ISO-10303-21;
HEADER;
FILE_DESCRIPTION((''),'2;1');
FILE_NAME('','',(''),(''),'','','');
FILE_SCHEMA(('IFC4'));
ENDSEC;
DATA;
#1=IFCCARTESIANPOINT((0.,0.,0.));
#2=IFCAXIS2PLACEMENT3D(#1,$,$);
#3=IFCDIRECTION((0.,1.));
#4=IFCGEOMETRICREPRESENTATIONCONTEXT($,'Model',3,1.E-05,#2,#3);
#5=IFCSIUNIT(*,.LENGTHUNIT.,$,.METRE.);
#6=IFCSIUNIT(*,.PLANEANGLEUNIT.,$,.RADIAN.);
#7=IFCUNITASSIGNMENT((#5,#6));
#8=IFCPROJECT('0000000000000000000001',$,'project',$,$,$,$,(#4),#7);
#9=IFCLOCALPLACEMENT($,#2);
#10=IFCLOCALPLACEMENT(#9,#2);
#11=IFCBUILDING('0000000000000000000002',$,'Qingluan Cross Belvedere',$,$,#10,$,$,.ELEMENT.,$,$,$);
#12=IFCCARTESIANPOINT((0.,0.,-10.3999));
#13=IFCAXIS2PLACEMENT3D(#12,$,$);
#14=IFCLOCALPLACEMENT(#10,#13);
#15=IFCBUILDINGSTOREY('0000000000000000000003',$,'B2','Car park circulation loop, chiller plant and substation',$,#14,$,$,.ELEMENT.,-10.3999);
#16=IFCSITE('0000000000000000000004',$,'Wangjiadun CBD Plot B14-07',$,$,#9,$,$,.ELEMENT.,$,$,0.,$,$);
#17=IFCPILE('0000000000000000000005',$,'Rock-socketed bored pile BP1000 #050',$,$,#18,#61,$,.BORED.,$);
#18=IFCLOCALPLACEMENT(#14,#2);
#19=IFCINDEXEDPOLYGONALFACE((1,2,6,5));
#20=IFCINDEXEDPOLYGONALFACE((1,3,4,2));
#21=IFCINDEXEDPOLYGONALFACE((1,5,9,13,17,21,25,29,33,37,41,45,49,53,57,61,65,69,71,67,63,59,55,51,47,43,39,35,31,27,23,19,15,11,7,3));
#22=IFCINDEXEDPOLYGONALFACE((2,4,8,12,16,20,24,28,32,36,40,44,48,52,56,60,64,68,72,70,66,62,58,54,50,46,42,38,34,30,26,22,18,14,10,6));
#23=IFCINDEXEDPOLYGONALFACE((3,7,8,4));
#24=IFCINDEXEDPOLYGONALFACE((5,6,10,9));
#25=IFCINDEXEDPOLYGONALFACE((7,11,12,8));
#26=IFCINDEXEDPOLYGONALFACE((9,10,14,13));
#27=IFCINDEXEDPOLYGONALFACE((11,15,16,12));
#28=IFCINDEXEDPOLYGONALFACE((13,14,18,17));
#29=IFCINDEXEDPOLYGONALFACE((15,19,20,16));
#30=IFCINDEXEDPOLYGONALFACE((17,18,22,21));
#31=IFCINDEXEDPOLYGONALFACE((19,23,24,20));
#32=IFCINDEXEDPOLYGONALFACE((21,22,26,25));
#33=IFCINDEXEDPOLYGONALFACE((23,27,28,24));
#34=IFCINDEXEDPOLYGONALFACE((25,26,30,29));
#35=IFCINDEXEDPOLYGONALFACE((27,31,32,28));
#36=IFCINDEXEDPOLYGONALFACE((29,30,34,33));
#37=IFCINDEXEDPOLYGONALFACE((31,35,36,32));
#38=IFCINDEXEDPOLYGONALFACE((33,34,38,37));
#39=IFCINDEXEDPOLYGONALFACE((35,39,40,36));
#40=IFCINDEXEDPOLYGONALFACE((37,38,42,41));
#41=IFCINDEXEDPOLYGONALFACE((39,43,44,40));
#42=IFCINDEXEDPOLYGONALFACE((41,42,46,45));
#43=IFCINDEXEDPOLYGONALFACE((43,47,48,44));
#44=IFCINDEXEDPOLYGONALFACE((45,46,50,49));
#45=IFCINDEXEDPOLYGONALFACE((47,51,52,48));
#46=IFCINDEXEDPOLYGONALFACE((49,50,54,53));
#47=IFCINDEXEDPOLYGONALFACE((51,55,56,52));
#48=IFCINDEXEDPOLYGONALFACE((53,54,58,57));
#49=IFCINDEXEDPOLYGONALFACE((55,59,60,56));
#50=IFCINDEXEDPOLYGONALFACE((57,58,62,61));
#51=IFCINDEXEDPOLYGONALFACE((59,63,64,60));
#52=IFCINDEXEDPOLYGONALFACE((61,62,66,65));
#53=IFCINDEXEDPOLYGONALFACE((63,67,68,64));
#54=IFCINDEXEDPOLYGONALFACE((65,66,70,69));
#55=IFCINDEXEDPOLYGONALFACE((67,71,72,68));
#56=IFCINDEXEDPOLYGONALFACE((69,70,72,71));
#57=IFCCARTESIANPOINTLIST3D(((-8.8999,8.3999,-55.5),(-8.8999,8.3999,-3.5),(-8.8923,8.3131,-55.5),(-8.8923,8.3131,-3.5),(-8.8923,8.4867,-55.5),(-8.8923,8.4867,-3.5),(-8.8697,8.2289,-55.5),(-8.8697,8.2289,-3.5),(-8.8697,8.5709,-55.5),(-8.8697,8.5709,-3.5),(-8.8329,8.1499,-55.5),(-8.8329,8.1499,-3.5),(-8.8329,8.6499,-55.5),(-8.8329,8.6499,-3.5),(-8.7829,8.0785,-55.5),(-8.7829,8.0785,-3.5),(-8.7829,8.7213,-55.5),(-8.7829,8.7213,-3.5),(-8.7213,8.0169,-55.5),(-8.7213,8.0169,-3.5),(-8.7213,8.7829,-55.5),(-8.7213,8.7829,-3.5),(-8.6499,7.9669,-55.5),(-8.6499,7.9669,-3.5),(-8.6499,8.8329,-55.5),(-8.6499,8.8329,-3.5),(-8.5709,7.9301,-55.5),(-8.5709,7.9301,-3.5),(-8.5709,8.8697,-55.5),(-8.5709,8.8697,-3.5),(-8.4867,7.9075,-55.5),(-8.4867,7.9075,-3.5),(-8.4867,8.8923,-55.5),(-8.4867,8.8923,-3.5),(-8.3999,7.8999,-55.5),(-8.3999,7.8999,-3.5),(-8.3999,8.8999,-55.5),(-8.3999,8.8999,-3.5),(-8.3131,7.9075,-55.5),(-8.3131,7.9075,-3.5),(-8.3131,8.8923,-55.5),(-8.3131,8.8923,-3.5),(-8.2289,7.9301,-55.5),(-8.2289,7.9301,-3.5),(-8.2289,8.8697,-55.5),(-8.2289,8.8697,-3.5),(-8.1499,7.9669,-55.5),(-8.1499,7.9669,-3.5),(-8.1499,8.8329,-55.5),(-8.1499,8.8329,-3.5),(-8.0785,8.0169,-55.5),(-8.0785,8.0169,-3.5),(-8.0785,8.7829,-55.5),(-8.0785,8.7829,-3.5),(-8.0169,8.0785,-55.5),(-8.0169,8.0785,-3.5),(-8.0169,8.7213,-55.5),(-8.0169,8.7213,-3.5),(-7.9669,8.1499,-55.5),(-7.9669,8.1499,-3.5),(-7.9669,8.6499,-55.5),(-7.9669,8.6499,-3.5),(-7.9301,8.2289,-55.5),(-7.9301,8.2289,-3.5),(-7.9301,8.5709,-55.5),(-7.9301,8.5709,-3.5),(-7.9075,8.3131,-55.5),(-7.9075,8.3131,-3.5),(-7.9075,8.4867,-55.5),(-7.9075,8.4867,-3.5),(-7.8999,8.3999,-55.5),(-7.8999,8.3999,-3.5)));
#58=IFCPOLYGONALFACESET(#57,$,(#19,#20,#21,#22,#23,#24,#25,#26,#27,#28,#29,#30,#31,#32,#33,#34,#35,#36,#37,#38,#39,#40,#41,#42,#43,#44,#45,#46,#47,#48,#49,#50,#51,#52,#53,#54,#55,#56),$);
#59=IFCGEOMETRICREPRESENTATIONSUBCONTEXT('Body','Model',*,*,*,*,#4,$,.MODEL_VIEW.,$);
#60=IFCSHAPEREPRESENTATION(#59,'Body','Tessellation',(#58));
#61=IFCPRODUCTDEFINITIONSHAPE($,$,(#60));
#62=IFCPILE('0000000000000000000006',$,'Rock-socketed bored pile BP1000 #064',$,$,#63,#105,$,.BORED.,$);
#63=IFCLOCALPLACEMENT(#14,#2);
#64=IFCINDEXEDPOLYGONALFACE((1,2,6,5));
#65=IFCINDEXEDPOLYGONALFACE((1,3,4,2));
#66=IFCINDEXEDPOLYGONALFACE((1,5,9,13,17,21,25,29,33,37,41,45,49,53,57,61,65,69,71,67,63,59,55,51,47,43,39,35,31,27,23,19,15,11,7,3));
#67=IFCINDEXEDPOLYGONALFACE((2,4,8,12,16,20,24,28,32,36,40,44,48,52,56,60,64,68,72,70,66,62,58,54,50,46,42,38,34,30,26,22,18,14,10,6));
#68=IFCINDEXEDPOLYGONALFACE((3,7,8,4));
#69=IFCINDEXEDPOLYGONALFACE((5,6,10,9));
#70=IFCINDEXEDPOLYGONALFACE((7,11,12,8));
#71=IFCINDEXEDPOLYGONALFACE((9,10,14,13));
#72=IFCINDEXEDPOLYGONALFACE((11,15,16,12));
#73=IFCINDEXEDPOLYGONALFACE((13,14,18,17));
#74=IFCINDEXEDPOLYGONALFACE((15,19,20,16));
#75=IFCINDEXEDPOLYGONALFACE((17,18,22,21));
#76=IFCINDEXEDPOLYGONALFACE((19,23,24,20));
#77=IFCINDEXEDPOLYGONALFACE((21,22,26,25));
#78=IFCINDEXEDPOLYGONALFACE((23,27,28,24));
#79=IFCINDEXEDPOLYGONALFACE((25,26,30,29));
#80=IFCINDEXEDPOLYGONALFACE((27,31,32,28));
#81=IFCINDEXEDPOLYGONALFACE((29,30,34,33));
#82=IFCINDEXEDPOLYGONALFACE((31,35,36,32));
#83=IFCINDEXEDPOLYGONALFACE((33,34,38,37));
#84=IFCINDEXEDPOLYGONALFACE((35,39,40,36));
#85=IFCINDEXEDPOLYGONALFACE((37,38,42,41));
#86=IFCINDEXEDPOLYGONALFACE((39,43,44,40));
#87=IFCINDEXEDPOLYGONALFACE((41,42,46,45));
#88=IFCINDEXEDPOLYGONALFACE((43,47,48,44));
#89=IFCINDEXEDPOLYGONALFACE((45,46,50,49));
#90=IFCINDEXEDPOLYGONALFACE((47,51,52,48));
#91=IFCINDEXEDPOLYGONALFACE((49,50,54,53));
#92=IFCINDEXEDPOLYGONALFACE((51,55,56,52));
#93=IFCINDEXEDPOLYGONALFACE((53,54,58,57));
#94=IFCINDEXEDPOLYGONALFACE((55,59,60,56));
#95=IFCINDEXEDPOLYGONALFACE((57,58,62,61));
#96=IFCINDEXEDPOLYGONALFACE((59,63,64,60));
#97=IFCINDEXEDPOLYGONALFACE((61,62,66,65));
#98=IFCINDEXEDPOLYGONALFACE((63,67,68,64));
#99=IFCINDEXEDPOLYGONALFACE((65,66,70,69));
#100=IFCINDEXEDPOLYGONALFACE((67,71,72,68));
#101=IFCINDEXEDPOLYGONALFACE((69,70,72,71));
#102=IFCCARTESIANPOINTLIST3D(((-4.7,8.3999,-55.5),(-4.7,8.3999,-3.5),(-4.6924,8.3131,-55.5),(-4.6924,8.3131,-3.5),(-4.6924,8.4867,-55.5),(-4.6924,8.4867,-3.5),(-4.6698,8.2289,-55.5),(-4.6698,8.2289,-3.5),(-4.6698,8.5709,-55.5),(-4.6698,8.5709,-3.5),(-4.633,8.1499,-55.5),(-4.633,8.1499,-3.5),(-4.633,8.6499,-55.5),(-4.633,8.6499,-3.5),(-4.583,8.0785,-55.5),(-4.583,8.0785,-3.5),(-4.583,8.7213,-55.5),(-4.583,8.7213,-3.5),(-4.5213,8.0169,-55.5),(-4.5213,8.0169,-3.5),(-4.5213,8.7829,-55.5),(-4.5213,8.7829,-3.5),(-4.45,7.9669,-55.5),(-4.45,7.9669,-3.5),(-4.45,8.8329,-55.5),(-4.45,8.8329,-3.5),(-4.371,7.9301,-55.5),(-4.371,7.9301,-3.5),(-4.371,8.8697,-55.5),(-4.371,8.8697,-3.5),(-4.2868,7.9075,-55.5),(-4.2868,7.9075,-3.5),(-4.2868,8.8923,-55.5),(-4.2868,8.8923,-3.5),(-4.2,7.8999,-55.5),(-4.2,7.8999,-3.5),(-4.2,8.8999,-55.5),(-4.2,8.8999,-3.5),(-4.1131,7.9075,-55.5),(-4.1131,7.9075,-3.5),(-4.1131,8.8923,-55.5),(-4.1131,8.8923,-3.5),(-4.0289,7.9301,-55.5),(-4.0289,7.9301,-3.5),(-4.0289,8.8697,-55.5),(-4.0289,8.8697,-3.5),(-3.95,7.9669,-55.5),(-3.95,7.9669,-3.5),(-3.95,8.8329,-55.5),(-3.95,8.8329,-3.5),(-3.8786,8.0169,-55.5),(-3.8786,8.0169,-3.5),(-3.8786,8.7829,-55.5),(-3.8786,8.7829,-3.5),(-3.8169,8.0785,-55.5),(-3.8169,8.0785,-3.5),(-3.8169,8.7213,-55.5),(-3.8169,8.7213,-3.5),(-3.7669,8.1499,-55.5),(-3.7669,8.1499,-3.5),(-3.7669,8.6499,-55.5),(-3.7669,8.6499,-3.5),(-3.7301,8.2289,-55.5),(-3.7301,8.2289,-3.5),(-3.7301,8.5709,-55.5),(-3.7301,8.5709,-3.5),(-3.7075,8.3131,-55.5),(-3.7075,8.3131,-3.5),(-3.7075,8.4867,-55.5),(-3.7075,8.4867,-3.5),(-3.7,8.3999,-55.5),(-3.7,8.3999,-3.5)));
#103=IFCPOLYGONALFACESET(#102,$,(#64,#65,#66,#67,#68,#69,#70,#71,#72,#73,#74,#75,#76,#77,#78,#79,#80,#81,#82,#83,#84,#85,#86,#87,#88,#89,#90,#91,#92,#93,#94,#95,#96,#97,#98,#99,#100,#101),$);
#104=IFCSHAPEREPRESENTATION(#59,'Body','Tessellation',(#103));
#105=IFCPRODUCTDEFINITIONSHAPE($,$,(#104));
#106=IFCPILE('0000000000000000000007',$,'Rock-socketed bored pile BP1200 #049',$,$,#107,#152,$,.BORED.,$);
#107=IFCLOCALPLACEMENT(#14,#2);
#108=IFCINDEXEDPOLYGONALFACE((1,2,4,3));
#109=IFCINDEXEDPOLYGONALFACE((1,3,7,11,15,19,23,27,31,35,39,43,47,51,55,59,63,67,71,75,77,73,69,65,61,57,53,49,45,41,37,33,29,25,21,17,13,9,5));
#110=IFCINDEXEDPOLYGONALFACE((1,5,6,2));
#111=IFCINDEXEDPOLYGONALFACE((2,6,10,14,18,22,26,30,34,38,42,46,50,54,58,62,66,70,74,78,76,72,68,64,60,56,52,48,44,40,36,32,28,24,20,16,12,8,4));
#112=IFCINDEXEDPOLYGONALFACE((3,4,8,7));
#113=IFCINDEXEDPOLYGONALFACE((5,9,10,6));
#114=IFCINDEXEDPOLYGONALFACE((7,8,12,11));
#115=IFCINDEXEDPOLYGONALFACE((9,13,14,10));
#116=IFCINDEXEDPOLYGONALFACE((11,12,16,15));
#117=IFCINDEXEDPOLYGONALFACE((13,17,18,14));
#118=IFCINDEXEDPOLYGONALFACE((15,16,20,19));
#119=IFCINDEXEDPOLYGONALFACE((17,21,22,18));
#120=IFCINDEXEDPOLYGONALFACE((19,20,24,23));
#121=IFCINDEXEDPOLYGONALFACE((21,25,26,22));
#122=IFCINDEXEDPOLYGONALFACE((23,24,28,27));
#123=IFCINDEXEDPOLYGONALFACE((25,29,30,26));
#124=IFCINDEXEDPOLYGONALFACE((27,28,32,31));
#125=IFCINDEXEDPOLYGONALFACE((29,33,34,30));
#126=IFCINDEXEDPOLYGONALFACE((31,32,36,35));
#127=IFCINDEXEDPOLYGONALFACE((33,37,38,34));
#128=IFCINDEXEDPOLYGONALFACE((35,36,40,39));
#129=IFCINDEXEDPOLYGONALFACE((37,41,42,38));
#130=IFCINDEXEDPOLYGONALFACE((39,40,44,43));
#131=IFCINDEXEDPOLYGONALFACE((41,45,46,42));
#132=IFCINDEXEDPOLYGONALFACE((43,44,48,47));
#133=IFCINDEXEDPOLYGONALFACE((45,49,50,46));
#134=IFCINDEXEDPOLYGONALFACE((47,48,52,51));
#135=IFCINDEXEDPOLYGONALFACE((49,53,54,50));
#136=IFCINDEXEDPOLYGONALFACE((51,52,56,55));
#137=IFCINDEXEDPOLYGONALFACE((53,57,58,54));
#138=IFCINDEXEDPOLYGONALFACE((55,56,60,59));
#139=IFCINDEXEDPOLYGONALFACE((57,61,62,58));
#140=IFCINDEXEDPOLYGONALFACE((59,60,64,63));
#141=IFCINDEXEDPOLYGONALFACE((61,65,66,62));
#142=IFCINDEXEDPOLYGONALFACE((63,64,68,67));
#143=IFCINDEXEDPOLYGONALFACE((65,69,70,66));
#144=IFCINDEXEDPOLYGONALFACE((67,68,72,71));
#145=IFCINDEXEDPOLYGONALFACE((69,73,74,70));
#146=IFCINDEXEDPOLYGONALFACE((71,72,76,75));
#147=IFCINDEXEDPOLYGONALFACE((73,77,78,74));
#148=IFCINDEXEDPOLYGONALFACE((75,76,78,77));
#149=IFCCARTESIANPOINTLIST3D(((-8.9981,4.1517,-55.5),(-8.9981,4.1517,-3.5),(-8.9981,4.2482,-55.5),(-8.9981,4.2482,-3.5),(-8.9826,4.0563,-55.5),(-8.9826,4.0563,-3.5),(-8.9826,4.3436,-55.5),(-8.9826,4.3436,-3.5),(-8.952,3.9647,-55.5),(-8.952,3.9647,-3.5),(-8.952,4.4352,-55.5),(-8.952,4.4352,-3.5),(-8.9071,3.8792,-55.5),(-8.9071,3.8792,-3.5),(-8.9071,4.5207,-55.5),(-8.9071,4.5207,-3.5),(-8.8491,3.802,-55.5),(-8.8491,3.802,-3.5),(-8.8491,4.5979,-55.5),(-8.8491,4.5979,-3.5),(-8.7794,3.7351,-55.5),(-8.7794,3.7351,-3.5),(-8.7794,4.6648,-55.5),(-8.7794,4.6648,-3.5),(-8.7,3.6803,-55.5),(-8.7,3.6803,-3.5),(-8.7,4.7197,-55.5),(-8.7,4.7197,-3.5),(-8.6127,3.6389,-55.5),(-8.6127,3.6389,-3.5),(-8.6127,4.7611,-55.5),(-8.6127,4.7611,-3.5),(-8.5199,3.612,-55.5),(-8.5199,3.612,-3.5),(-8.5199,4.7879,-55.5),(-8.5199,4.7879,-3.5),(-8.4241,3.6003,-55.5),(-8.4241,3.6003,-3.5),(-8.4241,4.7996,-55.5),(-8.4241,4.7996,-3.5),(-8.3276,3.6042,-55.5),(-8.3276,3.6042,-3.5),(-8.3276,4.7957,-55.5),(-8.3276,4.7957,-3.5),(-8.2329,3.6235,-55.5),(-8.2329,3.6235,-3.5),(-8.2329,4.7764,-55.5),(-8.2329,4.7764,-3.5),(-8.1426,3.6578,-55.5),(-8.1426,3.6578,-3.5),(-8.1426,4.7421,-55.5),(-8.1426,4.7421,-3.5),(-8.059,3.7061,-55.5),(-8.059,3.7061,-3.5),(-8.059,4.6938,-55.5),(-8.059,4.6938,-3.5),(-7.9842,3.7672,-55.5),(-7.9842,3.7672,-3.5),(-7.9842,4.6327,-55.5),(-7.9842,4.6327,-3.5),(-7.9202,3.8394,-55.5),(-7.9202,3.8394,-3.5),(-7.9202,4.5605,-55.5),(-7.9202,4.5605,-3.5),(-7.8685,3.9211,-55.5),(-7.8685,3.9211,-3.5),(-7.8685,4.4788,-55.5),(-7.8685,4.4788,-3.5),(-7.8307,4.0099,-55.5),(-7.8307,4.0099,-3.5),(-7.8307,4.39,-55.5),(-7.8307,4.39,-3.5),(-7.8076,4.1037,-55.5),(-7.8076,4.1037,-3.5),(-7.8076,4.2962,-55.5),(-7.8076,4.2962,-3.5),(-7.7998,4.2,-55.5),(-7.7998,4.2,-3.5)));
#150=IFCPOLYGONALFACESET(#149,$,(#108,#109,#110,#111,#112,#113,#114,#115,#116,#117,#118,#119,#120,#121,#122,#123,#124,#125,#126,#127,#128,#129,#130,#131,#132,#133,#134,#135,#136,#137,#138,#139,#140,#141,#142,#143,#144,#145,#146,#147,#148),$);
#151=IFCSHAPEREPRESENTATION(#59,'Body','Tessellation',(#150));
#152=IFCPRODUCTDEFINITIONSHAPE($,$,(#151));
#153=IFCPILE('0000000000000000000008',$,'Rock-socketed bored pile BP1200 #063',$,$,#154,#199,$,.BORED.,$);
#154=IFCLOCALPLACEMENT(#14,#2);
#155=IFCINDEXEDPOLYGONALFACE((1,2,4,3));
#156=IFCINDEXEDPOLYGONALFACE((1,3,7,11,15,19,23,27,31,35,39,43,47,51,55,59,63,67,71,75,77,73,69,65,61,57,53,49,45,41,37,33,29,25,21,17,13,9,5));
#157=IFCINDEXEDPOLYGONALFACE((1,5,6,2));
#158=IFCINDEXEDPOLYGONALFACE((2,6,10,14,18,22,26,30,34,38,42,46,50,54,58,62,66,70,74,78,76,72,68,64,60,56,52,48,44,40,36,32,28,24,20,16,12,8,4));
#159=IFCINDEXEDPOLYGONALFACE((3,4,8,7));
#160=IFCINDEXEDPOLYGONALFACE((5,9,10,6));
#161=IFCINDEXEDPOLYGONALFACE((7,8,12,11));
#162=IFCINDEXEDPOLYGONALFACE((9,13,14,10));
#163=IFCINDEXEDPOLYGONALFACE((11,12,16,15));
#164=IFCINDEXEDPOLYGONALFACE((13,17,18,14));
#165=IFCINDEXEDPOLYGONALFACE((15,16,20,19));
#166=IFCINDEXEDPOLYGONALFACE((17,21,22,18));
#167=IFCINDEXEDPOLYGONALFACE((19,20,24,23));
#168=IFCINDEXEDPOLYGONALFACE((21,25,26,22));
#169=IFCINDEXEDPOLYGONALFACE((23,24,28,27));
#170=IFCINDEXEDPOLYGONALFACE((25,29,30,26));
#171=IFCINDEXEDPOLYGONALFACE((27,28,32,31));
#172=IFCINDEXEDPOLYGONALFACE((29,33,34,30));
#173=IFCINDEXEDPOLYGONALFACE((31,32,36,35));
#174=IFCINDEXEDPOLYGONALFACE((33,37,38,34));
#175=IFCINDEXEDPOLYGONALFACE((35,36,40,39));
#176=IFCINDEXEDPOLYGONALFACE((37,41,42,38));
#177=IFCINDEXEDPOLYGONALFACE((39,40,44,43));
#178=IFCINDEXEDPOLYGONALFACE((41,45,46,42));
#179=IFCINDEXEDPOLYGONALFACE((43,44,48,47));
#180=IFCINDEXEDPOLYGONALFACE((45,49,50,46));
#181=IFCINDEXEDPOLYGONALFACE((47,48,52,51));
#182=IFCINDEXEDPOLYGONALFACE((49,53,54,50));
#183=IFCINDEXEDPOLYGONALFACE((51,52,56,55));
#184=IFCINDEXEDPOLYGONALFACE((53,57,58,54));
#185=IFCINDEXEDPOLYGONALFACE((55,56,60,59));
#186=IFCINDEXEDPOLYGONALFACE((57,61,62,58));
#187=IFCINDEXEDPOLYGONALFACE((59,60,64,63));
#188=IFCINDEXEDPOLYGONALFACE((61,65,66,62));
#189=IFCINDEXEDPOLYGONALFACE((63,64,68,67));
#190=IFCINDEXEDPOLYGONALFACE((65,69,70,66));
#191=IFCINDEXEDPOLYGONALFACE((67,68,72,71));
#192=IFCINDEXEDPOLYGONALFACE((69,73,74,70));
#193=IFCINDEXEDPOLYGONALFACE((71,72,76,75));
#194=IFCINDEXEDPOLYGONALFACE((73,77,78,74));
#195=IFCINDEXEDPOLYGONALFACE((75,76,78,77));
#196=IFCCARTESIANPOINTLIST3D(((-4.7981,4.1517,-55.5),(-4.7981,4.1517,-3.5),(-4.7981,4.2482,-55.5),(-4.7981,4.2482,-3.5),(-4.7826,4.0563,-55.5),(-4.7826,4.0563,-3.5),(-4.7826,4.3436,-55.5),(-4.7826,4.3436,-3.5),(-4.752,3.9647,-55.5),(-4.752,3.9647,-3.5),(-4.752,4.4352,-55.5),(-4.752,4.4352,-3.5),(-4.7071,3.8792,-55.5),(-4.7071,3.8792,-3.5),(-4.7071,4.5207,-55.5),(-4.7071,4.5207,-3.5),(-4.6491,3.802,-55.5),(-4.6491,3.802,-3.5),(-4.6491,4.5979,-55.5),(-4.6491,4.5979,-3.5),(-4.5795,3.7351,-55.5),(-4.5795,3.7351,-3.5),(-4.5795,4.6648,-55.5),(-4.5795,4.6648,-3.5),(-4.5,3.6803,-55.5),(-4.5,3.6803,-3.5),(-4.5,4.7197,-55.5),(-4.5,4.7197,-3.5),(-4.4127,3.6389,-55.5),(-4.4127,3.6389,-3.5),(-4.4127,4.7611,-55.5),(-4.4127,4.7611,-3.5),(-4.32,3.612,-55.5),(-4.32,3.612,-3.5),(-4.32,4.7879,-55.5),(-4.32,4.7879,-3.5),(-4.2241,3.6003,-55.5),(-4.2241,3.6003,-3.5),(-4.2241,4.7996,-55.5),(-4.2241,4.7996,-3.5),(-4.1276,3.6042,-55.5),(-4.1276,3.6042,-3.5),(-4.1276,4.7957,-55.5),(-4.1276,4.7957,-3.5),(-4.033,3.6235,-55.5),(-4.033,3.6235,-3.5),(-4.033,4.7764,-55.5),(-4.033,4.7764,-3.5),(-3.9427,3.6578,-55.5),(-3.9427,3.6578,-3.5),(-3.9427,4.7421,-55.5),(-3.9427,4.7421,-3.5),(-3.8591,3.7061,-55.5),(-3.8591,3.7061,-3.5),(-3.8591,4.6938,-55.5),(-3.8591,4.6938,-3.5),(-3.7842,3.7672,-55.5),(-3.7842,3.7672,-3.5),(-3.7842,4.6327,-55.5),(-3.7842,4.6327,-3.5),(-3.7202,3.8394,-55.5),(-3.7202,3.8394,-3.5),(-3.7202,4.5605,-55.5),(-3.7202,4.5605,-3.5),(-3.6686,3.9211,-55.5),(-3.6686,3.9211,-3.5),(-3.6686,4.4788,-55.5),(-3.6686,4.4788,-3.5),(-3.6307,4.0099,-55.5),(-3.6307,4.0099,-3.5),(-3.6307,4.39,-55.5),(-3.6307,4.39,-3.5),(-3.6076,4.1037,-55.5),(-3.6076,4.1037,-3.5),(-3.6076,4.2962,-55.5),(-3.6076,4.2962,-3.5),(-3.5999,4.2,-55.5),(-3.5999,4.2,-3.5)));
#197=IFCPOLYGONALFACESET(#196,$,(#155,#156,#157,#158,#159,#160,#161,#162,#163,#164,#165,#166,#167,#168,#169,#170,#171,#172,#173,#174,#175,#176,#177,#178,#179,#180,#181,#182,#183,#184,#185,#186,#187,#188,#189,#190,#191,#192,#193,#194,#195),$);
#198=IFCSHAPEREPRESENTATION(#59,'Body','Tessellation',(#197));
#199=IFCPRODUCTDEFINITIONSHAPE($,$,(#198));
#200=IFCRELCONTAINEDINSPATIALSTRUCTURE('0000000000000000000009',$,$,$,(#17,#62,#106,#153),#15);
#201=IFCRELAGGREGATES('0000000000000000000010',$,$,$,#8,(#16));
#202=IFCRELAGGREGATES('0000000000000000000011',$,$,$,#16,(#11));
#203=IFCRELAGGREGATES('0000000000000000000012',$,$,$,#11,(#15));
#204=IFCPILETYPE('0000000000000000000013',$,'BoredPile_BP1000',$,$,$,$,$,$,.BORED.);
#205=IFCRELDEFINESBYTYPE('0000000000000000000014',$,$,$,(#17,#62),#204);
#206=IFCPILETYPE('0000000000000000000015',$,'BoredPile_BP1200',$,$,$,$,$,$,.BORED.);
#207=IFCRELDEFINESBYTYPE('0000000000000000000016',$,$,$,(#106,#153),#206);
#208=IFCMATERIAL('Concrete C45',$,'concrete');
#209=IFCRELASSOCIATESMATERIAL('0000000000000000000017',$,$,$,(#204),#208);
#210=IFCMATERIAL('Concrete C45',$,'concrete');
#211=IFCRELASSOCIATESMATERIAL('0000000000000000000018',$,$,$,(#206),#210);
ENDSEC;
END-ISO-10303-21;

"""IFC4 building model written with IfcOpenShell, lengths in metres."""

from ifc_helpers import new_model, si_unit, direction, frame, origin, origin_2d, place, context, subcontext, project, spatial, circle, extrude, material, material_profile, profile_set, type_object, element, save


model = new_model("IFC4")

# Units and contexts
model_context = context("Model", 3, precision=1e-05, world=origin(), true_north=direction((0.0, 1.0)))
body_context = subcontext(model_context, "Body", "Model", "MODEL_VIEW")
ifc_project = project(units=[si_unit("LENGTHUNIT", "METRE"), si_unit("PLANEANGLEUNIT", "RADIAN")], contexts=[model_context])

# Site, building, storey
site_placement = place(None, origin())
site = spatial("IfcSite", under=ifc_project, at=site_placement, Name="Wangjiadun CBD Plot B14-07", CompositionType="ELEMENT", RefElevation=0.0)
building_placement = place(site_placement, origin())
building = spatial("IfcBuilding", under=site, at=building_placement, Name="Qingluan Cross Belvedere", CompositionType="ELEMENT")
storey_placement = place(building_placement, frame((0.0, 0.0, -10.3999)))
storey = spatial("IfcBuildingStorey", under=building, at=storey_placement, Name="B2", Description="Car park circulation loop, chiller plant and substation", CompositionType="ELEMENT", Elevation=-10.3999)

# Piles
ifc_material_1 = material(Name="Concrete C45", Category="concrete")
ifc_material_profile_1 = material_profile(ifc_material_1, circle(Radius=0.5, at=origin_2d()), Name="BP1000")
ifc_profile_set_1 = profile_set([ifc_material_profile_1], Name="Concrete C45")
pile_type_1 = type_object("IfcPileType", Name="BoredPile_BP1000", PredefinedType="BORED", material=ifc_profile_set_1)
for number, where, z_axis, x_axis, name in (
    (1, (-8.3999, 8.3999, -3.5), (0.0, 0.0, -1.0), (1.0, 0.0, 0.0), "Rock-socketed bored pile BP1000 #050"),
    (2, (-4.2, 8.3999, -3.5), (0.0, 0.0, -1.0), (1.0, 0.0, 0.0), "Rock-socketed bored pile BP1000 #064"),
):
    element("IfcPile", number, at=place(storey_placement, frame(where, z_axis=z_axis, x_axis=x_axis)), inside=storey, type_object=pile_type_1, Name=name, PredefinedType="BORED", context=body_context, shape_type="SweptSolid", body=[
        extrude(circle(Radius=0.5, at=origin_2d()), origin(), (0.0, 0.0, 1.0), 52.0),
    ])
ifc_material_2 = material(Name="Concrete C45", Category="concrete")
ifc_material_profile_2 = material_profile(ifc_material_2, circle(Radius=0.6001, at=origin_2d()), Name="BP1200")
ifc_profile_set_2 = profile_set([ifc_material_profile_2], Name="Concrete C45")
pile_type_2 = type_object("IfcPileType", Name="BoredPile_BP1200", PredefinedType="BORED", material=ifc_profile_set_2)
for number, where, z_axis, x_axis, name in (
    (3, (-8.3999, 4.2, -3.5), (0.0, 0.0, -1.0), (1.0, 0.0, 0.0), "Rock-socketed bored pile BP1200 #049"),
    (4, (-4.2, 4.2, -3.5), (0.0, 0.0, -1.0), (1.0, 0.0, 0.0), "Rock-socketed bored pile BP1200 #063"),
):
    element("IfcPile", number, at=place(storey_placement, frame(where, z_axis=z_axis, x_axis=x_axis)), inside=storey, type_object=pile_type_2, Name=name, PredefinedType="BORED", context=body_context, shape_type="SweptSolid", body=[
        extrude(circle(Radius=0.6001, at=origin_2d()), origin(), (0.0, 0.0, 1.0), 52.0),
    ])

save(model, "model.ifc")
